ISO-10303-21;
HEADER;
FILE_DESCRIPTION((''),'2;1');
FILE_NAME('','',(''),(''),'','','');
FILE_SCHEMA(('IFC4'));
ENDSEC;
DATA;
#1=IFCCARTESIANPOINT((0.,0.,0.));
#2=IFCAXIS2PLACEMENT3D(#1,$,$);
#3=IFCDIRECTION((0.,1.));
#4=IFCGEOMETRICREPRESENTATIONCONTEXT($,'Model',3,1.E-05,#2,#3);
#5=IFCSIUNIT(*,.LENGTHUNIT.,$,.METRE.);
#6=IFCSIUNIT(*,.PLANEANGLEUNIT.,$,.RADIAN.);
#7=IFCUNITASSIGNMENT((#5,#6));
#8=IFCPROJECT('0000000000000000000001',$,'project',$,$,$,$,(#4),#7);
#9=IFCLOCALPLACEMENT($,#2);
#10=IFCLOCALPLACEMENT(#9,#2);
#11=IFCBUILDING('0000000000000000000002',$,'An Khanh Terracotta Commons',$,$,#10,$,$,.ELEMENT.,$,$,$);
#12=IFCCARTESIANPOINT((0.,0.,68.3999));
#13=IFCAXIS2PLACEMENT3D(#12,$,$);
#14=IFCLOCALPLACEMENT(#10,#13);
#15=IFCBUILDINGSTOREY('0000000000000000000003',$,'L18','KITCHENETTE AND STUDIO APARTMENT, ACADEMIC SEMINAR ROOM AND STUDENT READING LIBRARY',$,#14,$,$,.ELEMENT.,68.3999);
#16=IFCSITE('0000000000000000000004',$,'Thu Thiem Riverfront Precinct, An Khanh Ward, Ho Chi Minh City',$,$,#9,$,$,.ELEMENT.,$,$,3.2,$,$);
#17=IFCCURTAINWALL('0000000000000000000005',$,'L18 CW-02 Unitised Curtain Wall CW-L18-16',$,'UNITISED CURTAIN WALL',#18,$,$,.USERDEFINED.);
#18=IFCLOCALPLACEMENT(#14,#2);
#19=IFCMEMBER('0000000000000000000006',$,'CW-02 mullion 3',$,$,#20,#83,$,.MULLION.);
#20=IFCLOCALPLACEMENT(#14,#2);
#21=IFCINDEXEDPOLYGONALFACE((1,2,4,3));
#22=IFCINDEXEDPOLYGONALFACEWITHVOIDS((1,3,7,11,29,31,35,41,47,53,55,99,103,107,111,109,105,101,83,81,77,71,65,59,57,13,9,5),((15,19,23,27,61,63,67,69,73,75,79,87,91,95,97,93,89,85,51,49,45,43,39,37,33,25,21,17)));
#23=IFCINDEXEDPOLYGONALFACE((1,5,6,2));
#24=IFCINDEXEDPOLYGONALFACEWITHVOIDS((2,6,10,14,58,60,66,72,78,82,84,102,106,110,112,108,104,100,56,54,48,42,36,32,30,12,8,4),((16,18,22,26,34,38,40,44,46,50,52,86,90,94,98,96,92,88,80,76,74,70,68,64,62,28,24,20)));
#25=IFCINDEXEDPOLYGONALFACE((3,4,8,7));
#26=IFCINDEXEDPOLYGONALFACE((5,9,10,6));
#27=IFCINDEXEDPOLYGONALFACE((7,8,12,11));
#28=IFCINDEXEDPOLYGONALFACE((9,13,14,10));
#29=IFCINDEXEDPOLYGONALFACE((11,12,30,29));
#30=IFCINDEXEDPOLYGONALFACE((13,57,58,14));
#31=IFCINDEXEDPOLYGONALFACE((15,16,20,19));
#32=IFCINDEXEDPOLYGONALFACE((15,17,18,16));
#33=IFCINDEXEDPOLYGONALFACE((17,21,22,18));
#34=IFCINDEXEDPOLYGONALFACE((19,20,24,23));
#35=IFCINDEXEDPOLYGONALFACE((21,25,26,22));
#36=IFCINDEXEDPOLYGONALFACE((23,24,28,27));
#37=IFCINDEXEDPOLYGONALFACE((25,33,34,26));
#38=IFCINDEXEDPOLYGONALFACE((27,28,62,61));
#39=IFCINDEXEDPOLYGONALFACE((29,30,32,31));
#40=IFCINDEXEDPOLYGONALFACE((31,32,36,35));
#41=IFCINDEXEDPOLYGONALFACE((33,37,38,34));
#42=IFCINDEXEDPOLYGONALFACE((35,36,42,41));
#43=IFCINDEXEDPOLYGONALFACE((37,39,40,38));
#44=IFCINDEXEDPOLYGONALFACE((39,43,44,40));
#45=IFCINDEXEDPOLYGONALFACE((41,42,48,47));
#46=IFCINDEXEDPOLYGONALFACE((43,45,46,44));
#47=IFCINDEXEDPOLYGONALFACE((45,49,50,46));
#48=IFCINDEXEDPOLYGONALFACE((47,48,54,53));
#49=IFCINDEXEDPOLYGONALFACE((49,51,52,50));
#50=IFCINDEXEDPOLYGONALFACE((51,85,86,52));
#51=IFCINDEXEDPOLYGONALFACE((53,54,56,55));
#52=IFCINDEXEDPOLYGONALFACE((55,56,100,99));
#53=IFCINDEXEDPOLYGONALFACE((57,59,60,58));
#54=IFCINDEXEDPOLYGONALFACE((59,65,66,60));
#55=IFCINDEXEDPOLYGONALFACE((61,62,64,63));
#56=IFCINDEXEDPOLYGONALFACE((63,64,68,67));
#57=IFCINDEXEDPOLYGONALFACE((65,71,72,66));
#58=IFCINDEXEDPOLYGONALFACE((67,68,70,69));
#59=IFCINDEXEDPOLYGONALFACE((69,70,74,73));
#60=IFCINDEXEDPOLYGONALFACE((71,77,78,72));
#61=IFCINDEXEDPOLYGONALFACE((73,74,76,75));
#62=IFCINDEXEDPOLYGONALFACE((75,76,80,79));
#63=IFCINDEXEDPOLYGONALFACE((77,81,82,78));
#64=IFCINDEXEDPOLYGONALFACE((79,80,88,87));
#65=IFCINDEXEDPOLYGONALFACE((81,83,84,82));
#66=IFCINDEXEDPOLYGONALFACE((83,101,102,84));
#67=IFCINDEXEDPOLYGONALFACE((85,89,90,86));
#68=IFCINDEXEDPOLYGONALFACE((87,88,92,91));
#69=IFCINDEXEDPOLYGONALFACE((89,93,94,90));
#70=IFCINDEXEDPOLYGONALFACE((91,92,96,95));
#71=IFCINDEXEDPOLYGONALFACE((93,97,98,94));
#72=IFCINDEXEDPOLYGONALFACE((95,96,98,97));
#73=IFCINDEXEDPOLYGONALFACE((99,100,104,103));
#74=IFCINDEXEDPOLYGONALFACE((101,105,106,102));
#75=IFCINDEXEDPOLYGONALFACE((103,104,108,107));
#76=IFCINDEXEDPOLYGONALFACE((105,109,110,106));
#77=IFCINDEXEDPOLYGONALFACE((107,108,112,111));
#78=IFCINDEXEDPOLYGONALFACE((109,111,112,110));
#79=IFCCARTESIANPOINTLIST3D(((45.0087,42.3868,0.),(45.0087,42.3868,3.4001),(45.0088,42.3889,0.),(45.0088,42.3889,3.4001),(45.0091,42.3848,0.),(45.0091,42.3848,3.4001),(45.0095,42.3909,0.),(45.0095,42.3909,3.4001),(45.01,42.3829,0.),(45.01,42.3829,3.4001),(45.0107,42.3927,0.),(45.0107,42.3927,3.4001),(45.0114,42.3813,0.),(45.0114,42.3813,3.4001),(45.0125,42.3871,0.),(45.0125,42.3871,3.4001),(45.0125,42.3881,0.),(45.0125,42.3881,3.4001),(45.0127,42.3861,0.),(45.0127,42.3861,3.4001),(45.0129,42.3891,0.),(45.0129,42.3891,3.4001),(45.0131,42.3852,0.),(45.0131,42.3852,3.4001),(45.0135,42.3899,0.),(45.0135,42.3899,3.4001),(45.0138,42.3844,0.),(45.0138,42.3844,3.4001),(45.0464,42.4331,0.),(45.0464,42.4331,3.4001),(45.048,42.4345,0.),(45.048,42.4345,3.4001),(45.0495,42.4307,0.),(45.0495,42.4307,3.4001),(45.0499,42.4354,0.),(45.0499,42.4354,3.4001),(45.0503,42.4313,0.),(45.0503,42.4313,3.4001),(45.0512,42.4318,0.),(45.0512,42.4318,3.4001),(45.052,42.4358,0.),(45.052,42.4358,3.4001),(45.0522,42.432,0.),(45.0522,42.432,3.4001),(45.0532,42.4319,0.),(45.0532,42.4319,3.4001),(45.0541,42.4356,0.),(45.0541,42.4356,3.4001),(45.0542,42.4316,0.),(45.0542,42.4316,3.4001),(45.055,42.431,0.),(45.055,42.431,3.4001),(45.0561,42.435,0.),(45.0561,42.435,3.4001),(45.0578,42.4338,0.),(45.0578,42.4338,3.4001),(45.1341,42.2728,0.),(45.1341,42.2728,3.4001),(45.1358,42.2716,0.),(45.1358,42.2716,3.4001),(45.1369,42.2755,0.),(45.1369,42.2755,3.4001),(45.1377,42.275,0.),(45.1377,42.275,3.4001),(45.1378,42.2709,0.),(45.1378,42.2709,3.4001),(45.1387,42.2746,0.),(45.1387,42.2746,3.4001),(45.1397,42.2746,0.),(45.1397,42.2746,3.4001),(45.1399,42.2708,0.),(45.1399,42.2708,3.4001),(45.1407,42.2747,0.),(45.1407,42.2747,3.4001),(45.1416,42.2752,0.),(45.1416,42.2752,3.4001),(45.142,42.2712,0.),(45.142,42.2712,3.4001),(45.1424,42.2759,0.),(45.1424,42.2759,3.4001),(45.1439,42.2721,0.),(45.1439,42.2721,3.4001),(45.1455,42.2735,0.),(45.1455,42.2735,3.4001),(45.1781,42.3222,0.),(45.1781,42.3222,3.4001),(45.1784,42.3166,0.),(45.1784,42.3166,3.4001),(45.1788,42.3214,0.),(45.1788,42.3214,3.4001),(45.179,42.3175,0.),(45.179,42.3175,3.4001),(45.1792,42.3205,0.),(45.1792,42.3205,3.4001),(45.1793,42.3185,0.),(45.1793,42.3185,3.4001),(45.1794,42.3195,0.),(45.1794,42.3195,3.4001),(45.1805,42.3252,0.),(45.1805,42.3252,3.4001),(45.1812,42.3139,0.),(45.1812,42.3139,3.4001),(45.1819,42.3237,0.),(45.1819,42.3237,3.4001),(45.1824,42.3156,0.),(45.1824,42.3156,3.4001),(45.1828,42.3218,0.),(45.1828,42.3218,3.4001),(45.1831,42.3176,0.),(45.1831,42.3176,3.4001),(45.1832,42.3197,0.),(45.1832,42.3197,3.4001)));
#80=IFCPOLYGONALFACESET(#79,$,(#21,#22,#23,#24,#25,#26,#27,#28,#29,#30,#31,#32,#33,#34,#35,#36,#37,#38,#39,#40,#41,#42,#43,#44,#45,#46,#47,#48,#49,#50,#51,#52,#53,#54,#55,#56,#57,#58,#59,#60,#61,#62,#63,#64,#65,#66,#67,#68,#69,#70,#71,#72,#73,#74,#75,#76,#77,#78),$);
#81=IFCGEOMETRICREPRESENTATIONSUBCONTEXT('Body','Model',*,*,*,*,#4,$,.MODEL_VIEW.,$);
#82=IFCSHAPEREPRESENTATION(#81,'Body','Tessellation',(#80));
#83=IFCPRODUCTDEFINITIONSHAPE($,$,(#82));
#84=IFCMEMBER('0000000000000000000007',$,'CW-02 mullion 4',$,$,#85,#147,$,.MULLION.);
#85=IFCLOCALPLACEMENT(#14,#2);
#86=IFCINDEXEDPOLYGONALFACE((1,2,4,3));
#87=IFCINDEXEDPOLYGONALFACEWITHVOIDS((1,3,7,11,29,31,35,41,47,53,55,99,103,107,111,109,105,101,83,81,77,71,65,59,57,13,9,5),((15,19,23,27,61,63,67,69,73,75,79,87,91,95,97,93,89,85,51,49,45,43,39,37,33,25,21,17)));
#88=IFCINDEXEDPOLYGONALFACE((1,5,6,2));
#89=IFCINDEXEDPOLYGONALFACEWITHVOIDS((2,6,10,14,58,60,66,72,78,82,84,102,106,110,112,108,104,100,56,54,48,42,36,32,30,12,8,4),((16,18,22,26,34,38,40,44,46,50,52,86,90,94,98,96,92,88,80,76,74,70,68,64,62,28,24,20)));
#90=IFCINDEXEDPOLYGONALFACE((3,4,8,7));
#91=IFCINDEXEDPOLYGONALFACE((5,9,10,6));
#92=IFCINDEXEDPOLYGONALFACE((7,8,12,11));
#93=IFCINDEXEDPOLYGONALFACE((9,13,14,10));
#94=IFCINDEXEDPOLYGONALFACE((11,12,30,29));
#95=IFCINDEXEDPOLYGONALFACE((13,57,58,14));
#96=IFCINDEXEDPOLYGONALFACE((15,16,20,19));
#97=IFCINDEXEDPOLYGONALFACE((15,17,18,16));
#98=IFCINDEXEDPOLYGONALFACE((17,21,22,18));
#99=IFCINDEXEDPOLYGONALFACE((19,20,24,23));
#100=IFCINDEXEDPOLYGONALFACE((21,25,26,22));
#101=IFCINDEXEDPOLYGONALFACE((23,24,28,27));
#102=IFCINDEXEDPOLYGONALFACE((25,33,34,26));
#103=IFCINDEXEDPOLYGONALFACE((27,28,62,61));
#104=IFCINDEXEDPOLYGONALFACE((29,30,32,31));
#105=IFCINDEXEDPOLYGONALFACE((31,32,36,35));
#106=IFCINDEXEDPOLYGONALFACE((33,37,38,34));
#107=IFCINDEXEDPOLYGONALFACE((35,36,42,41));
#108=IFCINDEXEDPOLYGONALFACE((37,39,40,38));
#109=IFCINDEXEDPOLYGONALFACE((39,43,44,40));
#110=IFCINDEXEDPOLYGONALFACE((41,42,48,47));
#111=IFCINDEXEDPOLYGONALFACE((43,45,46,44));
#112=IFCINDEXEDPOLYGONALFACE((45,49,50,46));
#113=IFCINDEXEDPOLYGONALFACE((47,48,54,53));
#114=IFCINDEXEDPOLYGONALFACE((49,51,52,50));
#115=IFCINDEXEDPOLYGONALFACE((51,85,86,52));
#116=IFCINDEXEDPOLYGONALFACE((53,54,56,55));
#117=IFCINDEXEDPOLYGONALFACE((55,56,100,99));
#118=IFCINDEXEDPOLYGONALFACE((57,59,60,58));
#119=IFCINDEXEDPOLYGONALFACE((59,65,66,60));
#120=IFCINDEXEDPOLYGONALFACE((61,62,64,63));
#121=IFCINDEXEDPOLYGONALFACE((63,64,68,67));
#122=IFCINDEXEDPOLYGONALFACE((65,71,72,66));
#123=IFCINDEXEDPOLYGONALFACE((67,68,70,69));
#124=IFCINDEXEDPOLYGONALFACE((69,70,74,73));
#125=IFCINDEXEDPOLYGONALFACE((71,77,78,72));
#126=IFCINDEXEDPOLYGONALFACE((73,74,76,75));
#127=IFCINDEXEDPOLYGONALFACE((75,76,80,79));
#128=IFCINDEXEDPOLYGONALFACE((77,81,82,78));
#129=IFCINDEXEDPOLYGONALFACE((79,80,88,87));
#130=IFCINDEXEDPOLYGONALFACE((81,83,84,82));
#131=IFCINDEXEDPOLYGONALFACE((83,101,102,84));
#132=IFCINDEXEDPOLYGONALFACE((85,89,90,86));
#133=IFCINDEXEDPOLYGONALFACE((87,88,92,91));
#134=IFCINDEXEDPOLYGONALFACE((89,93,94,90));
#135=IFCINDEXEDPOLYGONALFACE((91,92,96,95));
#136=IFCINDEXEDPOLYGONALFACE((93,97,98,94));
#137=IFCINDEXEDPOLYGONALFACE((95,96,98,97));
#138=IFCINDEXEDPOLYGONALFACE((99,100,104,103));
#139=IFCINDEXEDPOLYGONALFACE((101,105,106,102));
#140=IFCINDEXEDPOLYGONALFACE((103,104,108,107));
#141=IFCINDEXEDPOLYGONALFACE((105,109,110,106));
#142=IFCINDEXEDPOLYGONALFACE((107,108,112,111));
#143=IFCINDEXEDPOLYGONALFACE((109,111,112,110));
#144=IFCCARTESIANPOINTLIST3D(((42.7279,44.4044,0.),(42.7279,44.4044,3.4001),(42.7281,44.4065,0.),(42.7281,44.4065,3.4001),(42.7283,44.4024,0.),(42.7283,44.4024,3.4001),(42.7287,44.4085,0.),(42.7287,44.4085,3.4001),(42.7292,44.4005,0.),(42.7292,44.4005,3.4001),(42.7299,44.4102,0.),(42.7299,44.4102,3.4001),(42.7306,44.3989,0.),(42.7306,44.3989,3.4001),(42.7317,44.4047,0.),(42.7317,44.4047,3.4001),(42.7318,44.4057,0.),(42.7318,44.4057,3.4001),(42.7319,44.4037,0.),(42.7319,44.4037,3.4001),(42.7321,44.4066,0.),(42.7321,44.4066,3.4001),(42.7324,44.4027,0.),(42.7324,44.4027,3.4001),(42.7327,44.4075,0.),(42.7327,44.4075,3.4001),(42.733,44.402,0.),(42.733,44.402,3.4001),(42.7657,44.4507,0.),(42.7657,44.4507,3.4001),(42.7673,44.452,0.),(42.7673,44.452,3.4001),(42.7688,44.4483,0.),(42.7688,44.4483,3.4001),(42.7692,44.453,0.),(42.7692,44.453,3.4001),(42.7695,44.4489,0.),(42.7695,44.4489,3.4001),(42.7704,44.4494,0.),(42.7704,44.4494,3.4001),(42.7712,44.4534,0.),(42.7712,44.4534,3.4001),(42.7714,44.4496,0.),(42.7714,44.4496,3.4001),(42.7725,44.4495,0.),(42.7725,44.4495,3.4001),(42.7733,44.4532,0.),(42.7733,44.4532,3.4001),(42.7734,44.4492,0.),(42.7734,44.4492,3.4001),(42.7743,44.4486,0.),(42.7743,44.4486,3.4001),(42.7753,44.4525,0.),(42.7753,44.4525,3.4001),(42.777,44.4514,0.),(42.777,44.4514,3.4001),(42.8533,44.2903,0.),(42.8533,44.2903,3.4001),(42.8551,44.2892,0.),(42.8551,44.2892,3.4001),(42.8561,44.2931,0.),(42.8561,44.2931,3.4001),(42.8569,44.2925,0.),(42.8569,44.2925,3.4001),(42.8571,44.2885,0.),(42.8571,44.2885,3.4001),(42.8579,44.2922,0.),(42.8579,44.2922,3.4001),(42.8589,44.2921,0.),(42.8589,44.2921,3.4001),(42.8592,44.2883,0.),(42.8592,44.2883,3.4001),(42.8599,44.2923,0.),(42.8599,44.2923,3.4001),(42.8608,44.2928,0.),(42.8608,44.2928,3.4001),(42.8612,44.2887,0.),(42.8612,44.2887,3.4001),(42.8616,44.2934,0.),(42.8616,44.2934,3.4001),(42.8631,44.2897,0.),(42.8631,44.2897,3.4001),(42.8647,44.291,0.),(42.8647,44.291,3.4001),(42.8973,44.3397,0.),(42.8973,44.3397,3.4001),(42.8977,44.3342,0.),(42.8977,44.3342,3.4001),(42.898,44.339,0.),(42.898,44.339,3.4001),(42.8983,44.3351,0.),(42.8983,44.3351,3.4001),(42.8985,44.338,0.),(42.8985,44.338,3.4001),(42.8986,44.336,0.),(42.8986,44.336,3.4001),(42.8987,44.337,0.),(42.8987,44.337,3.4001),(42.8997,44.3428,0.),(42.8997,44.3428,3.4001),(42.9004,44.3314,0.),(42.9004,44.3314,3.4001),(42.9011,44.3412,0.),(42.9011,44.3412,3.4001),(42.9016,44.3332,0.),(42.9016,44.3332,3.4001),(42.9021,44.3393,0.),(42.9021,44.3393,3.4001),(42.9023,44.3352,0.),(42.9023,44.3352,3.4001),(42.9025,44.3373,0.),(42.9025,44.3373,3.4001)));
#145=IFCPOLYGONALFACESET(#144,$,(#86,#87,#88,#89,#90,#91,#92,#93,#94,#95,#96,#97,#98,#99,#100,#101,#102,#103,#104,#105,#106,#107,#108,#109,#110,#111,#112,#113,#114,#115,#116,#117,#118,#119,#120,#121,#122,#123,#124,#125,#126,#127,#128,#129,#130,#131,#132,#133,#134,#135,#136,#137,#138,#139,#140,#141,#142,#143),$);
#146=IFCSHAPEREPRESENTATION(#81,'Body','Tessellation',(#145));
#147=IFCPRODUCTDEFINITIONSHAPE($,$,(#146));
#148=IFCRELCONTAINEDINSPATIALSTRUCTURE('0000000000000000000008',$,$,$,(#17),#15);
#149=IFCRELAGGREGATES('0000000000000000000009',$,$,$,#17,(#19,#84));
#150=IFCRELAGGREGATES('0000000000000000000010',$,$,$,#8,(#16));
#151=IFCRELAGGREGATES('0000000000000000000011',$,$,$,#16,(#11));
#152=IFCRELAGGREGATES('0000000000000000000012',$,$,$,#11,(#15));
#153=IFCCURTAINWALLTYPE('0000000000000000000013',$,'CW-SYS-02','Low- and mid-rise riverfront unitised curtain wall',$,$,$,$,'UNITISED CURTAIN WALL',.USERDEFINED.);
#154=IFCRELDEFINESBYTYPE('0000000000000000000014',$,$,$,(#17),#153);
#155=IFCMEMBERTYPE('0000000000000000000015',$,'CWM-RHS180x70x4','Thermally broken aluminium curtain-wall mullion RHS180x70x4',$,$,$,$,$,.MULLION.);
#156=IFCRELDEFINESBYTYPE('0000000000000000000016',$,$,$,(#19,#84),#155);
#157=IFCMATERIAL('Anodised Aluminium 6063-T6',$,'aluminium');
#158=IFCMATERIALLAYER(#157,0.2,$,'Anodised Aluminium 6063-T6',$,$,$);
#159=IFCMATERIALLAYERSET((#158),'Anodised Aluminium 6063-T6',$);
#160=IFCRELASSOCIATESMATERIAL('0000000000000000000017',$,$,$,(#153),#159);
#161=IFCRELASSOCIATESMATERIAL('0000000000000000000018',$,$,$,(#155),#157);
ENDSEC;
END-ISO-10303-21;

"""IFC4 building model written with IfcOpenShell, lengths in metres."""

from ifc_helpers import new_model, si_unit, direction, frame, origin, origin_2d, place, context, subcontext, project, spatial, hollow_rectangle, extrude, material, layer, layer_set, material_profile, profile_set, type_object, element, aggregate, save


model = new_model("IFC4")

# Units and contexts
model_context = context("Model", 3, precision=1e-05, world=origin(), true_north=direction((0.0, 1.0)))
body_context = subcontext(model_context, "Body", "Model", "MODEL_VIEW")
ifc_project = project(units=[si_unit("LENGTHUNIT", "METRE"), si_unit("PLANEANGLEUNIT", "RADIAN")], contexts=[model_context])

# Site, building, storey
site_placement = place(None, origin())
site = spatial("IfcSite", under=ifc_project, at=site_placement, Name="Thu Thiem Riverfront Precinct, An Khanh Ward, Ho Chi Minh City", CompositionType="ELEMENT", RefElevation=3.2)
building_placement = place(site_placement, origin())
building = spatial("IfcBuilding", under=site, at=building_placement, Name="An Khanh Terracotta Commons", CompositionType="ELEMENT")
storey_placement = place(building_placement, frame((0.0, 0.0, 68.3999)))
storey = spatial("IfcBuildingStorey", under=building, at=storey_placement, Name="L18", Description="KITCHENETTE AND STUDIO APARTMENT, ACADEMIC SEMINAR ROOM AND STUDENT READING LIBRARY", CompositionType="ELEMENT", Elevation=68.3999)

# Curtain wall, members
ifc_material_1 = material(Name="Anodised Aluminium 6063-T6", Category="aluminium")
ifc_layer_1 = layer(ifc_material_1, 0.2, Name="Anodised Aluminium 6063-T6")
ifc_layer_set_1 = layer_set([ifc_layer_1], Name="Anodised Aluminium 6063-T6")
curtain_wall_type = type_object("IfcCurtainWallType", Name="CW-SYS-02", Description="Low- and mid-rise riverfront unitised curtain wall", ElementType="UNITISED CURTAIN WALL", PredefinedType="USERDEFINED", material=ifc_layer_set_1)
curtain_wall_placement = place(storey_placement, origin())
curtain_wall = element("IfcCurtainWall", 1, at=curtain_wall_placement, inside=storey, type_object=curtain_wall_type, Name="L18 CW-02 Unitised Curtain Wall CW-L18-16", ObjectType="UNITISED CURTAIN WALL", PredefinedType="USERDEFINED")
ifc_material_profile_1 = material_profile(ifc_material_1, hollow_rectangle(XDim=0.0701, YDim=0.1799, WallThickness=0.0039, InnerFilletRadius=0.0039, OuterFilletRadius=0.0081, at=origin_2d()), Name="RHS180x70x4")
ifc_profile_set_1 = profile_set([ifc_material_profile_1], Name="Anodised Aluminium 6063-T6")
member_type_1 = type_object("IfcMemberType", Name="CWM-RHS180x70x4", Description="Thermally broken aluminium curtain-wall mullion RHS180x70x4", PredefinedType="MULLION", material=ifc_profile_set_1)
member_1_placement = place(storey_placement, frame((45.0959, 42.3533, 0.0), z_axis=(0.0, 0.0, 1.0), x_axis=(-0.662548, -0.749019, 0.0)))
member_1 = element("IfcMember", 2, at=member_1_placement, type_object=member_type_1, Name="CW-02 mullion 3", PredefinedType="MULLION", context=body_context, shape_type="SweptSolid", body=[
    extrude(hollow_rectangle(XDim=0.0701, YDim=0.1799, WallThickness=0.0039, InnerFilletRadius=0.0039, OuterFilletRadius=0.0081, at=origin_2d()), origin(), (0.0, 0.0, 1.0), 3.4001),
])
member_2_placement = place(storey_placement, frame((42.8152, 44.3708, 0.0), z_axis=(0.0, 0.0, 1.0), x_axis=(-0.662548, -0.749019, 0.0)))
member_2 = element("IfcMember", 3, at=member_2_placement, type_object=member_type_1, Name="CW-02 mullion 4", PredefinedType="MULLION", context=body_context, shape_type="SweptSolid", body=[
    extrude(hollow_rectangle(XDim=0.0701, YDim=0.1799, WallThickness=0.0039, InnerFilletRadius=0.0039, OuterFilletRadius=0.0081, at=origin_2d()), origin(), (0.0, 0.0, 1.0), 3.4001),
])
aggregate(curtain_wall, [member_1, member_2])

save(model, "model.ifc")
